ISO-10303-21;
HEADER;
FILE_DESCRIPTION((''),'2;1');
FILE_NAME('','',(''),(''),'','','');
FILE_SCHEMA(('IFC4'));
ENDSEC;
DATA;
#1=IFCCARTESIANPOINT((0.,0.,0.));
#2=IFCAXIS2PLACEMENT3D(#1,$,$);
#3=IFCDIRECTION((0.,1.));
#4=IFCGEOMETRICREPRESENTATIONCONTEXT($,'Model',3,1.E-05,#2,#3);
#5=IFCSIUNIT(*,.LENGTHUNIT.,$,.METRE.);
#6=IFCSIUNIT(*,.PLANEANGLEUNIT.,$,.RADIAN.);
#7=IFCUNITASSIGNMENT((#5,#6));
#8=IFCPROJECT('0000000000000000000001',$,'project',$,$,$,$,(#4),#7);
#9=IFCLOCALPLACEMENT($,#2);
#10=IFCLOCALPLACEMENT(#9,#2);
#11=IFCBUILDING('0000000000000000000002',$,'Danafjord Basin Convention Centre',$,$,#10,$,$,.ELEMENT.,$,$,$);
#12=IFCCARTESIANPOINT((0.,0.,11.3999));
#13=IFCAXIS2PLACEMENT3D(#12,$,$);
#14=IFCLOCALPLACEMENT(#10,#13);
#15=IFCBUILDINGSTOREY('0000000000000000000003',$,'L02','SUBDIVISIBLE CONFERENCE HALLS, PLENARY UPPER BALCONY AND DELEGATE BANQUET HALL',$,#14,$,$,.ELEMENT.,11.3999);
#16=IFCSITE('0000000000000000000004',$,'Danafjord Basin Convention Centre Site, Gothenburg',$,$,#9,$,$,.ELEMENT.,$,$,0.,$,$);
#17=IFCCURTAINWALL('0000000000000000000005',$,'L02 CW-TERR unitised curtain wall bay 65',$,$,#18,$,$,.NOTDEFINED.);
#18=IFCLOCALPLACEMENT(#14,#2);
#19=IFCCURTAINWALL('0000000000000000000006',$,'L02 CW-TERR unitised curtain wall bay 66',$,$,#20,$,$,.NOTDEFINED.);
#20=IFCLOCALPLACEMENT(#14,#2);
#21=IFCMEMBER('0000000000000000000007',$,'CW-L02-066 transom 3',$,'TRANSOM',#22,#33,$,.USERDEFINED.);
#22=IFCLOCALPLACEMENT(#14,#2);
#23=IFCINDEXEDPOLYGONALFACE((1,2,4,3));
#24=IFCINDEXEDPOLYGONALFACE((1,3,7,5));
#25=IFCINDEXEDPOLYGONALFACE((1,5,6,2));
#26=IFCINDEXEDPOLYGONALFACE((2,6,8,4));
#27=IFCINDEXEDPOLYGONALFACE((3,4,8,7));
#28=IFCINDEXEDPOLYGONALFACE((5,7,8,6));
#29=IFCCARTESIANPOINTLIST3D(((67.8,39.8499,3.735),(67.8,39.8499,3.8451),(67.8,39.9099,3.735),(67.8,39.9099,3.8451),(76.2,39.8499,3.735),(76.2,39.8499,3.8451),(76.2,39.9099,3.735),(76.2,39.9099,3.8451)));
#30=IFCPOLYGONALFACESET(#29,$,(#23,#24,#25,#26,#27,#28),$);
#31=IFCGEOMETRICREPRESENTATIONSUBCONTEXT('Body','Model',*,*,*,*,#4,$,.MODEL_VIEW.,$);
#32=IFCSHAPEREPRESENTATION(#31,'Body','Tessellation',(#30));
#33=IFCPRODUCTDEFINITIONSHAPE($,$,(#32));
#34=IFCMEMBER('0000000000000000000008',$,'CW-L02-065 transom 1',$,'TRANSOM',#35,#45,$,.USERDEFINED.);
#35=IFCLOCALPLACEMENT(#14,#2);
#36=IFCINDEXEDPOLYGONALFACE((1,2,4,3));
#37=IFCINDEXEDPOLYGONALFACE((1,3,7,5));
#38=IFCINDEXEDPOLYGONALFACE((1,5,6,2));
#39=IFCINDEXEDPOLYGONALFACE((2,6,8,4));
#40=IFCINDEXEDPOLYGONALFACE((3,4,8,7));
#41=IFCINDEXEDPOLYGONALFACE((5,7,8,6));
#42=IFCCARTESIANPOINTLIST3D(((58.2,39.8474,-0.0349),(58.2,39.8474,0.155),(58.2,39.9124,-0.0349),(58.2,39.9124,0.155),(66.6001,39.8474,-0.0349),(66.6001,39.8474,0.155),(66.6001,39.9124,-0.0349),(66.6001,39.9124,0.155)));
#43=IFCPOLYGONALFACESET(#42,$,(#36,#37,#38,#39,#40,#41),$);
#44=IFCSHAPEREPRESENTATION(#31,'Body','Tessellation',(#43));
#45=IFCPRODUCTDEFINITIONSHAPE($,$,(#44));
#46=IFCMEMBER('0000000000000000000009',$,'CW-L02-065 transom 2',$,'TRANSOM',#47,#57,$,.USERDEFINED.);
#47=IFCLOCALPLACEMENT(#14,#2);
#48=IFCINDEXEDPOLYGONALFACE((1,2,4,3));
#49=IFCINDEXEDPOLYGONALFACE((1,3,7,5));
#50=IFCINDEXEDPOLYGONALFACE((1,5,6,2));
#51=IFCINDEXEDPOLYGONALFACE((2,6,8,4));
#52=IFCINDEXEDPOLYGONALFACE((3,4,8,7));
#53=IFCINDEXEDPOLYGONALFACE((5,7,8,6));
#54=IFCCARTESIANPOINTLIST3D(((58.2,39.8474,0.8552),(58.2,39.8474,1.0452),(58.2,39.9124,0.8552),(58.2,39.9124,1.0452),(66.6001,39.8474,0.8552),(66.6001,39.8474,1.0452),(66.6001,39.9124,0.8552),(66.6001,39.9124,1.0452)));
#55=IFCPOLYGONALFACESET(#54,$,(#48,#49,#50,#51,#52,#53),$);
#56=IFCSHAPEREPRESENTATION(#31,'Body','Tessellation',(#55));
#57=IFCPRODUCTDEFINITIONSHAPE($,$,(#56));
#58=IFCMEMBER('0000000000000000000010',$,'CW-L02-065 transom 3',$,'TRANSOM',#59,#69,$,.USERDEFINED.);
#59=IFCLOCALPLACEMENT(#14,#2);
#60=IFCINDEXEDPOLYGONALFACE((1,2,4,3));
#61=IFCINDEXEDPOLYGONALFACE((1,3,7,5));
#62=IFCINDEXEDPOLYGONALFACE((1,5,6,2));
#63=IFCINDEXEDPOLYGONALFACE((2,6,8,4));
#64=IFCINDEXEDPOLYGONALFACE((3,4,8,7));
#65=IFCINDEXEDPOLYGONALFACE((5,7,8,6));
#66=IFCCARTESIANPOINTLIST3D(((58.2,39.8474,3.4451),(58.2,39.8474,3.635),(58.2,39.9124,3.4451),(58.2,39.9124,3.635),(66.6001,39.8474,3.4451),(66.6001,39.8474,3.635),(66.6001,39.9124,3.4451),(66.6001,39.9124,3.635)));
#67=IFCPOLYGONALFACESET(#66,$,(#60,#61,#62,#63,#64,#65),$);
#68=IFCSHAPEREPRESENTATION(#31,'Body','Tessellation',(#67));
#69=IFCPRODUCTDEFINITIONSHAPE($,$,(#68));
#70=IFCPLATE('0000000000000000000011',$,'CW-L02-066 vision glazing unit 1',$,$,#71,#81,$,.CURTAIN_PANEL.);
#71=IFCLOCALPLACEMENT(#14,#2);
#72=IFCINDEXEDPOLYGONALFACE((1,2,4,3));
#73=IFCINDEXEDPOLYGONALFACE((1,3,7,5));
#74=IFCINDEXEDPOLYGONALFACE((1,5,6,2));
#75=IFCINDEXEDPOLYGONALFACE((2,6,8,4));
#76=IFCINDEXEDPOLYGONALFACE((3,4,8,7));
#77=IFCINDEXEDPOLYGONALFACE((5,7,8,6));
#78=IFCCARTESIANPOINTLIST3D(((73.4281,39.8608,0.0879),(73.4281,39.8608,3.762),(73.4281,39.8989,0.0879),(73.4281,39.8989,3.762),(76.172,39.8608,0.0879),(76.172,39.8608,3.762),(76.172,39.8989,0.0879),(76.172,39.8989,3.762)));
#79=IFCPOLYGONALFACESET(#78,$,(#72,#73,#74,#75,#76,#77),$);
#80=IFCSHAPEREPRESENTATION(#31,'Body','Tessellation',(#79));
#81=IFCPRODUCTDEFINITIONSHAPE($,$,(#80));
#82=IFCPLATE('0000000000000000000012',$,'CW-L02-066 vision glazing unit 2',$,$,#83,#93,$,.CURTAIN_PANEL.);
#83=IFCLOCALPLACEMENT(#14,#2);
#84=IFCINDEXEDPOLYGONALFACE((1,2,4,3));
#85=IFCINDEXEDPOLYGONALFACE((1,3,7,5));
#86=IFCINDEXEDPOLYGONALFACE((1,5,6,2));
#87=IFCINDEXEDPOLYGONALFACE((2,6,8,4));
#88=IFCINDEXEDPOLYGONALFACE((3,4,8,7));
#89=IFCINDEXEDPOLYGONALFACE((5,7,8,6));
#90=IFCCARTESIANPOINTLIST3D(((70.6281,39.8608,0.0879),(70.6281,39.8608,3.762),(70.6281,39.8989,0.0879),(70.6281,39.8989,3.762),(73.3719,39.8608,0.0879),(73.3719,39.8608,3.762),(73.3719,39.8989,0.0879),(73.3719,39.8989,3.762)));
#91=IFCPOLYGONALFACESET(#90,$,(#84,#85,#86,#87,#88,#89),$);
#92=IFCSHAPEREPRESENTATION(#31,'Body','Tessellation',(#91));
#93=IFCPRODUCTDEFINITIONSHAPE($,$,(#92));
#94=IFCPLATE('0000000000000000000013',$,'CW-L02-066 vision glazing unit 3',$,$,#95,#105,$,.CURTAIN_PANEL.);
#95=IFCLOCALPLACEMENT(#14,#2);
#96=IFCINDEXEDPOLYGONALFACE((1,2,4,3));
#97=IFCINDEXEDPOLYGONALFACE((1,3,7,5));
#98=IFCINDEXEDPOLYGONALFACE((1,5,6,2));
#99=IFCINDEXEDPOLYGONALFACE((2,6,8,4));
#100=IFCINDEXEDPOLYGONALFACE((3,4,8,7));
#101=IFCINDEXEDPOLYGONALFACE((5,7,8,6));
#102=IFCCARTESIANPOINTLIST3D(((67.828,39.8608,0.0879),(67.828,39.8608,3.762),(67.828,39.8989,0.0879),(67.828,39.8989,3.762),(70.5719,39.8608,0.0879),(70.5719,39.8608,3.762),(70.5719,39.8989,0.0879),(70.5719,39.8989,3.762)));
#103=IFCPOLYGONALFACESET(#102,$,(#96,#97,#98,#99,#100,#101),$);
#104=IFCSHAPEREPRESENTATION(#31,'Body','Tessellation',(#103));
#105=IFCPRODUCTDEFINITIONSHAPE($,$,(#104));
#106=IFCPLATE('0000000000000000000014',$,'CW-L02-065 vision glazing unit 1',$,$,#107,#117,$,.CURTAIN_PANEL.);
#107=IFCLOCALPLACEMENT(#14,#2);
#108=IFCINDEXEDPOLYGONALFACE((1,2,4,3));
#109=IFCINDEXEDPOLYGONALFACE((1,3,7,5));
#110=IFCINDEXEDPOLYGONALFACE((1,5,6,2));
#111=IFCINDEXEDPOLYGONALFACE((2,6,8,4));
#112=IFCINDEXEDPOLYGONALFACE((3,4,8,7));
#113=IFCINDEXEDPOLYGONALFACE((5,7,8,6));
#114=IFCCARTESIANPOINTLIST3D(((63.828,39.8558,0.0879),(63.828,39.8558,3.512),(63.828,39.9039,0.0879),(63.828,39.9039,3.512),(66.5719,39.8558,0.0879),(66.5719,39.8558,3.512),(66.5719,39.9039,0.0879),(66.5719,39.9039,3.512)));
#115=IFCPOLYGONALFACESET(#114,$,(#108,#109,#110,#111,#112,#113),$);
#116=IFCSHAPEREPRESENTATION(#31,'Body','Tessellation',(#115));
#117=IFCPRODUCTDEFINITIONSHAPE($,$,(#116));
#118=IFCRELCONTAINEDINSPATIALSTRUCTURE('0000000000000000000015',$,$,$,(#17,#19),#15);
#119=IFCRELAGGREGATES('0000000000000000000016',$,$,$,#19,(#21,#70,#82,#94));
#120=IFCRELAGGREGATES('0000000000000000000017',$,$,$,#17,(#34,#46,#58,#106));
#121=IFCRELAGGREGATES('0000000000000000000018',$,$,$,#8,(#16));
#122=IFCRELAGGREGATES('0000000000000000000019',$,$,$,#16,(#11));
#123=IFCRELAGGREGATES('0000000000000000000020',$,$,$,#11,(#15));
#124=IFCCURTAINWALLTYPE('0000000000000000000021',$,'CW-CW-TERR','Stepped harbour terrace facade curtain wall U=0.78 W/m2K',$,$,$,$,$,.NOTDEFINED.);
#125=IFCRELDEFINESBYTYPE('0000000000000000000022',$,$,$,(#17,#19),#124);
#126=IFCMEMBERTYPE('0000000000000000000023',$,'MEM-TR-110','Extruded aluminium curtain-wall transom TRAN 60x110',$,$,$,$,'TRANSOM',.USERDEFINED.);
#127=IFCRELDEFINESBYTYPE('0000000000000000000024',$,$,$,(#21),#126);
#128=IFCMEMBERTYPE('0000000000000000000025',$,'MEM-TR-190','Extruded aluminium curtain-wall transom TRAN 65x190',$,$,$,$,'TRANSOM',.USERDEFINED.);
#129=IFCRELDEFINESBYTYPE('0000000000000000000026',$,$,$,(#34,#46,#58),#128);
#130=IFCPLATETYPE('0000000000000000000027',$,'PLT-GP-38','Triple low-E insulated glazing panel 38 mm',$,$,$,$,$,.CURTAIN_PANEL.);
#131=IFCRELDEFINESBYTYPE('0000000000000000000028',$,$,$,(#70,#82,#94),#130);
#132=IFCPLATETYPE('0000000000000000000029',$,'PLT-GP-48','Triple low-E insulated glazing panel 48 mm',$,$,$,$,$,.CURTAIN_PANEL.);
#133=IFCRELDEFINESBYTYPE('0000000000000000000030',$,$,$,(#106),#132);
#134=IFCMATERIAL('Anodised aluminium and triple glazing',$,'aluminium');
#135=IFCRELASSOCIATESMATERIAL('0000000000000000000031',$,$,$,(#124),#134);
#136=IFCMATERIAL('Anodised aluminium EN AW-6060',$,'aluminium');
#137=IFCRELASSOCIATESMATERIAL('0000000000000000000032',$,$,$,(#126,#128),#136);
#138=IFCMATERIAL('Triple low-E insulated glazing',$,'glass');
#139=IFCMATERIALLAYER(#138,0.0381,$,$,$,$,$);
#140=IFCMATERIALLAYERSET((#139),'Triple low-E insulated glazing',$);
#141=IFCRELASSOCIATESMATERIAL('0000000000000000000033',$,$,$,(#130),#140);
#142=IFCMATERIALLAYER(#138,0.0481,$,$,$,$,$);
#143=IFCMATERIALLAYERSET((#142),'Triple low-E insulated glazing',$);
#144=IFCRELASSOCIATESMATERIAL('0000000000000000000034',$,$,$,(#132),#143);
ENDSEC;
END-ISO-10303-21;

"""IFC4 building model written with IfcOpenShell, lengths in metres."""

from ifc_helpers import new_model, si_unit, direction, frame, origin, origin_2d, place, context, subcontext, project, spatial, rectangle, extrude, material, layer, layer_set, material_profile, profile_set, type_object, element, aggregate, save


model = new_model("IFC4")

# Units and contexts
model_context = context("Model", 3, precision=1e-05, world=origin(), true_north=direction((0.0, 1.0)))
body_context = subcontext(model_context, "Body", "Model", "MODEL_VIEW")
ifc_project = project(units=[si_unit("LENGTHUNIT", "METRE"), si_unit("PLANEANGLEUNIT", "RADIAN")], contexts=[model_context])

# Site, building, storey
site_placement = place(None, origin())
site = spatial("IfcSite", under=ifc_project, at=site_placement, Name="Danafjord Basin Convention Centre Site, Gothenburg", CompositionType="ELEMENT", RefElevation=0.0)
building_placement = place(site_placement, origin())
building = spatial("IfcBuilding", under=site, at=building_placement, Name="Danafjord Basin Convention Centre", CompositionType="ELEMENT")
storey_placement = place(building_placement, frame((0.0, 0.0, 11.3999)))
storey = spatial("IfcBuildingStorey", under=building, at=storey_placement, Name="L02", Description="SUBDIVISIBLE CONFERENCE HALLS, PLENARY UPPER BALCONY AND DELEGATE BANQUET HALL", CompositionType="ELEMENT", Elevation=11.3999)

# Curtain walls, member
ifc_material_1 = material(Name="Anodised aluminium and triple glazing", Category="aluminium")
curtain_wall_type = type_object("IfcCurtainWallType", Name="CW-CW-TERR", Description="Stepped harbour terrace facade curtain wall U=0.78 W/m2K", PredefinedType="NOTDEFINED", material=ifc_material_1)
curtain_wall_1_placement = place(storey_placement, origin())
curtain_wall_1 = element("IfcCurtainWall", 1, at=curtain_wall_1_placement, inside=storey, type_object=curtain_wall_type, Name="L02 CW-TERR unitised curtain wall bay 65", PredefinedType="NOTDEFINED")
ifc_material_2 = material(Name="Anodised aluminium EN AW-6060", Category="aluminium")
curtain_wall_2_placement = place(storey_placement, origin())
curtain_wall_2 = element("IfcCurtainWall", 2, at=curtain_wall_2_placement, inside=storey, type_object=curtain_wall_type, Name="L02 CW-TERR unitised curtain wall bay 66", PredefinedType="NOTDEFINED")
ifc_material_profile_1 = material_profile(ifc_material_2, rectangle(XDim=0.0601, YDim=0.1101, at=origin_2d()), Name="TRAN 60x110")
ifc_profile_set_1 = profile_set([ifc_material_profile_1], Name="Anodised aluminium EN AW-6060")
member_type_1 = type_object("IfcMemberType", Name="MEM-TR-110", Description="Extruded aluminium curtain-wall transom TRAN 60x110", ElementType="TRANSOM", PredefinedType="USERDEFINED", material=ifc_profile_set_1)
member_1_placement = place(storey_placement, frame((76.2, 39.8799, 3.79), z_axis=(-1.0, 0.0, 0.0), x_axis=(0.0, -1.0, 0.0)))
member_1 = element("IfcMember", 3, at=member_1_placement, type_object=member_type_1, Name="CW-L02-066 transom 3", ObjectType="TRANSOM", PredefinedType="USERDEFINED", context=body_context, shape_type="SweptSolid", body=[
    extrude(rectangle(XDim=0.0601, YDim=0.1101, at=origin_2d()), origin(), (0.0, 0.0, 1.0), 8.3999),
])

# Members
ifc_material_profile_2 = material_profile(ifc_material_2, rectangle(XDim=0.0649, YDim=0.1899, at=origin_2d()), Name="TRAN 65x190")
ifc_profile_set_2 = profile_set([ifc_material_profile_2], Name="Anodised aluminium EN AW-6060")
member_type_2 = type_object("IfcMemberType", Name="MEM-TR-190", Description="Extruded aluminium curtain-wall transom TRAN 65x190", ElementType="TRANSOM", PredefinedType="USERDEFINED", material=ifc_profile_set_2)
member_2_placement = place(storey_placement, frame((66.6001, 39.8799, 0.0601), z_axis=(-1.0, 0.0, 0.0), x_axis=(0.0, -1.0, 0.0)))
member_2 = element("IfcMember", 4, at=member_2_placement, type_object=member_type_2, Name="CW-L02-065 transom 1", ObjectType="TRANSOM", PredefinedType="USERDEFINED", context=body_context, shape_type="SweptSolid", body=[
    extrude(rectangle(XDim=0.0649, YDim=0.1899, at=origin_2d()), origin(), (0.0, 0.0, 1.0), 8.4001),
])
member_3_placement = place(storey_placement, frame((66.6001, 39.8799, 0.9502), z_axis=(-1.0, 0.0, 0.0), x_axis=(0.0, -1.0, 0.0)))
member_3 = element("IfcMember", 5, at=member_3_placement, type_object=member_type_2, Name="CW-L02-065 transom 2", ObjectType="TRANSOM", PredefinedType="USERDEFINED", context=body_context, shape_type="SweptSolid", body=[
    extrude(rectangle(XDim=0.0649, YDim=0.1899, at=origin_2d()), origin(), (0.0, 0.0, 1.0), 8.4001),
])
member_4_placement = place(storey_placement, frame((66.6001, 39.8799, 3.54), z_axis=(-1.0, 0.0, 0.0), x_axis=(0.0, -1.0, 0.0)))
member_4 = element("IfcMember", 6, at=member_4_placement, type_object=member_type_2, Name="CW-L02-065 transom 3", ObjectType="TRANSOM", PredefinedType="USERDEFINED", context=body_context, shape_type="SweptSolid", body=[
    extrude(rectangle(XDim=0.0649, YDim=0.1899, at=origin_2d()), origin(), (0.0, 0.0, 1.0), 8.4001),
])

# Plates
ifc_material_3 = material(Name="Triple low-E insulated glazing", Category="glass")
ifc_layer_1 = layer(ifc_material_3, 0.0381)
ifc_layer_set_1 = layer_set([ifc_layer_1], Name="Triple low-E insulated glazing")
plate_type_1 = type_object("IfcPlateType", Name="PLT-GP-38", Description="Triple low-E insulated glazing panel 38 mm", PredefinedType="CURTAIN_PANEL", material=ifc_layer_set_1)
plate_1_placement = place(storey_placement, frame((74.8, 39.8799, 0.0879), z_axis=(0.0, 0.0, 1.0), x_axis=(-1.0, 0.0, 0.0)))
plate_1 = element("IfcPlate", 7, at=plate_1_placement, type_object=plate_type_1, Name="CW-L02-066 vision glazing unit 1", PredefinedType="CURTAIN_PANEL", context=body_context, shape_type="SweptSolid", body=[
    extrude(rectangle(XDim=2.7439, YDim=0.0381, at=origin_2d()), origin(), (0.0, 0.0, 1.0), 3.6741),
])
plate_2_placement = place(storey_placement, frame((72.0, 39.8799, 0.0879), z_axis=(0.0, 0.0, 1.0), x_axis=(-1.0, 0.0, 0.0)))
plate_2 = element("IfcPlate", 8, at=plate_2_placement, type_object=plate_type_1, Name="CW-L02-066 vision glazing unit 2", PredefinedType="CURTAIN_PANEL", context=body_context, shape_type="SweptSolid", body=[
    extrude(rectangle(XDim=2.7439, YDim=0.0381, at=origin_2d()), origin(), (0.0, 0.0, 1.0), 3.6741),
])
plate_3_placement = place(storey_placement, frame((69.2, 39.8799, 0.0879), z_axis=(0.0, 0.0, 1.0), x_axis=(-1.0, 0.0, 0.0)))
plate_3 = element("IfcPlate", 9, at=plate_3_placement, type_object=plate_type_1, Name="CW-L02-066 vision glazing unit 3", PredefinedType="CURTAIN_PANEL", context=body_context, shape_type="SweptSolid", body=[
    extrude(rectangle(XDim=2.7439, YDim=0.0381, at=origin_2d()), origin(), (0.0, 0.0, 1.0), 3.6741),
])
aggregate(curtain_wall_2, [member_1, plate_1, plate_2, plate_3])
ifc_layer_2 = layer(ifc_material_3, 0.0481)
ifc_layer_set_2 = layer_set([ifc_layer_2], Name="Triple low-E insulated glazing")
plate_type_2 = type_object("IfcPlateType", Name="PLT-GP-48", Description="Triple low-E insulated glazing panel 48 mm", PredefinedType="CURTAIN_PANEL", material=ifc_layer_set_2)
plate_4_placement = place(storey_placement, frame((65.2, 39.8799, 0.0879), z_axis=(0.0, 0.0, 1.0), x_axis=(-1.0, 0.0, 0.0)))
plate_4 = element("IfcPlate", 10, at=plate_4_placement, type_object=plate_type_2, Name="CW-L02-065 vision glazing unit 1", PredefinedType="CURTAIN_PANEL", context=body_context, shape_type="SweptSolid", body=[
    extrude(rectangle(XDim=2.7439, YDim=0.0481, at=origin_2d()), origin(), (0.0, 0.0, 1.0), 3.4241),
])
aggregate(curtain_wall_1, [member_2, member_3, member_4, plate_4])

save(model, "model.ifc")
